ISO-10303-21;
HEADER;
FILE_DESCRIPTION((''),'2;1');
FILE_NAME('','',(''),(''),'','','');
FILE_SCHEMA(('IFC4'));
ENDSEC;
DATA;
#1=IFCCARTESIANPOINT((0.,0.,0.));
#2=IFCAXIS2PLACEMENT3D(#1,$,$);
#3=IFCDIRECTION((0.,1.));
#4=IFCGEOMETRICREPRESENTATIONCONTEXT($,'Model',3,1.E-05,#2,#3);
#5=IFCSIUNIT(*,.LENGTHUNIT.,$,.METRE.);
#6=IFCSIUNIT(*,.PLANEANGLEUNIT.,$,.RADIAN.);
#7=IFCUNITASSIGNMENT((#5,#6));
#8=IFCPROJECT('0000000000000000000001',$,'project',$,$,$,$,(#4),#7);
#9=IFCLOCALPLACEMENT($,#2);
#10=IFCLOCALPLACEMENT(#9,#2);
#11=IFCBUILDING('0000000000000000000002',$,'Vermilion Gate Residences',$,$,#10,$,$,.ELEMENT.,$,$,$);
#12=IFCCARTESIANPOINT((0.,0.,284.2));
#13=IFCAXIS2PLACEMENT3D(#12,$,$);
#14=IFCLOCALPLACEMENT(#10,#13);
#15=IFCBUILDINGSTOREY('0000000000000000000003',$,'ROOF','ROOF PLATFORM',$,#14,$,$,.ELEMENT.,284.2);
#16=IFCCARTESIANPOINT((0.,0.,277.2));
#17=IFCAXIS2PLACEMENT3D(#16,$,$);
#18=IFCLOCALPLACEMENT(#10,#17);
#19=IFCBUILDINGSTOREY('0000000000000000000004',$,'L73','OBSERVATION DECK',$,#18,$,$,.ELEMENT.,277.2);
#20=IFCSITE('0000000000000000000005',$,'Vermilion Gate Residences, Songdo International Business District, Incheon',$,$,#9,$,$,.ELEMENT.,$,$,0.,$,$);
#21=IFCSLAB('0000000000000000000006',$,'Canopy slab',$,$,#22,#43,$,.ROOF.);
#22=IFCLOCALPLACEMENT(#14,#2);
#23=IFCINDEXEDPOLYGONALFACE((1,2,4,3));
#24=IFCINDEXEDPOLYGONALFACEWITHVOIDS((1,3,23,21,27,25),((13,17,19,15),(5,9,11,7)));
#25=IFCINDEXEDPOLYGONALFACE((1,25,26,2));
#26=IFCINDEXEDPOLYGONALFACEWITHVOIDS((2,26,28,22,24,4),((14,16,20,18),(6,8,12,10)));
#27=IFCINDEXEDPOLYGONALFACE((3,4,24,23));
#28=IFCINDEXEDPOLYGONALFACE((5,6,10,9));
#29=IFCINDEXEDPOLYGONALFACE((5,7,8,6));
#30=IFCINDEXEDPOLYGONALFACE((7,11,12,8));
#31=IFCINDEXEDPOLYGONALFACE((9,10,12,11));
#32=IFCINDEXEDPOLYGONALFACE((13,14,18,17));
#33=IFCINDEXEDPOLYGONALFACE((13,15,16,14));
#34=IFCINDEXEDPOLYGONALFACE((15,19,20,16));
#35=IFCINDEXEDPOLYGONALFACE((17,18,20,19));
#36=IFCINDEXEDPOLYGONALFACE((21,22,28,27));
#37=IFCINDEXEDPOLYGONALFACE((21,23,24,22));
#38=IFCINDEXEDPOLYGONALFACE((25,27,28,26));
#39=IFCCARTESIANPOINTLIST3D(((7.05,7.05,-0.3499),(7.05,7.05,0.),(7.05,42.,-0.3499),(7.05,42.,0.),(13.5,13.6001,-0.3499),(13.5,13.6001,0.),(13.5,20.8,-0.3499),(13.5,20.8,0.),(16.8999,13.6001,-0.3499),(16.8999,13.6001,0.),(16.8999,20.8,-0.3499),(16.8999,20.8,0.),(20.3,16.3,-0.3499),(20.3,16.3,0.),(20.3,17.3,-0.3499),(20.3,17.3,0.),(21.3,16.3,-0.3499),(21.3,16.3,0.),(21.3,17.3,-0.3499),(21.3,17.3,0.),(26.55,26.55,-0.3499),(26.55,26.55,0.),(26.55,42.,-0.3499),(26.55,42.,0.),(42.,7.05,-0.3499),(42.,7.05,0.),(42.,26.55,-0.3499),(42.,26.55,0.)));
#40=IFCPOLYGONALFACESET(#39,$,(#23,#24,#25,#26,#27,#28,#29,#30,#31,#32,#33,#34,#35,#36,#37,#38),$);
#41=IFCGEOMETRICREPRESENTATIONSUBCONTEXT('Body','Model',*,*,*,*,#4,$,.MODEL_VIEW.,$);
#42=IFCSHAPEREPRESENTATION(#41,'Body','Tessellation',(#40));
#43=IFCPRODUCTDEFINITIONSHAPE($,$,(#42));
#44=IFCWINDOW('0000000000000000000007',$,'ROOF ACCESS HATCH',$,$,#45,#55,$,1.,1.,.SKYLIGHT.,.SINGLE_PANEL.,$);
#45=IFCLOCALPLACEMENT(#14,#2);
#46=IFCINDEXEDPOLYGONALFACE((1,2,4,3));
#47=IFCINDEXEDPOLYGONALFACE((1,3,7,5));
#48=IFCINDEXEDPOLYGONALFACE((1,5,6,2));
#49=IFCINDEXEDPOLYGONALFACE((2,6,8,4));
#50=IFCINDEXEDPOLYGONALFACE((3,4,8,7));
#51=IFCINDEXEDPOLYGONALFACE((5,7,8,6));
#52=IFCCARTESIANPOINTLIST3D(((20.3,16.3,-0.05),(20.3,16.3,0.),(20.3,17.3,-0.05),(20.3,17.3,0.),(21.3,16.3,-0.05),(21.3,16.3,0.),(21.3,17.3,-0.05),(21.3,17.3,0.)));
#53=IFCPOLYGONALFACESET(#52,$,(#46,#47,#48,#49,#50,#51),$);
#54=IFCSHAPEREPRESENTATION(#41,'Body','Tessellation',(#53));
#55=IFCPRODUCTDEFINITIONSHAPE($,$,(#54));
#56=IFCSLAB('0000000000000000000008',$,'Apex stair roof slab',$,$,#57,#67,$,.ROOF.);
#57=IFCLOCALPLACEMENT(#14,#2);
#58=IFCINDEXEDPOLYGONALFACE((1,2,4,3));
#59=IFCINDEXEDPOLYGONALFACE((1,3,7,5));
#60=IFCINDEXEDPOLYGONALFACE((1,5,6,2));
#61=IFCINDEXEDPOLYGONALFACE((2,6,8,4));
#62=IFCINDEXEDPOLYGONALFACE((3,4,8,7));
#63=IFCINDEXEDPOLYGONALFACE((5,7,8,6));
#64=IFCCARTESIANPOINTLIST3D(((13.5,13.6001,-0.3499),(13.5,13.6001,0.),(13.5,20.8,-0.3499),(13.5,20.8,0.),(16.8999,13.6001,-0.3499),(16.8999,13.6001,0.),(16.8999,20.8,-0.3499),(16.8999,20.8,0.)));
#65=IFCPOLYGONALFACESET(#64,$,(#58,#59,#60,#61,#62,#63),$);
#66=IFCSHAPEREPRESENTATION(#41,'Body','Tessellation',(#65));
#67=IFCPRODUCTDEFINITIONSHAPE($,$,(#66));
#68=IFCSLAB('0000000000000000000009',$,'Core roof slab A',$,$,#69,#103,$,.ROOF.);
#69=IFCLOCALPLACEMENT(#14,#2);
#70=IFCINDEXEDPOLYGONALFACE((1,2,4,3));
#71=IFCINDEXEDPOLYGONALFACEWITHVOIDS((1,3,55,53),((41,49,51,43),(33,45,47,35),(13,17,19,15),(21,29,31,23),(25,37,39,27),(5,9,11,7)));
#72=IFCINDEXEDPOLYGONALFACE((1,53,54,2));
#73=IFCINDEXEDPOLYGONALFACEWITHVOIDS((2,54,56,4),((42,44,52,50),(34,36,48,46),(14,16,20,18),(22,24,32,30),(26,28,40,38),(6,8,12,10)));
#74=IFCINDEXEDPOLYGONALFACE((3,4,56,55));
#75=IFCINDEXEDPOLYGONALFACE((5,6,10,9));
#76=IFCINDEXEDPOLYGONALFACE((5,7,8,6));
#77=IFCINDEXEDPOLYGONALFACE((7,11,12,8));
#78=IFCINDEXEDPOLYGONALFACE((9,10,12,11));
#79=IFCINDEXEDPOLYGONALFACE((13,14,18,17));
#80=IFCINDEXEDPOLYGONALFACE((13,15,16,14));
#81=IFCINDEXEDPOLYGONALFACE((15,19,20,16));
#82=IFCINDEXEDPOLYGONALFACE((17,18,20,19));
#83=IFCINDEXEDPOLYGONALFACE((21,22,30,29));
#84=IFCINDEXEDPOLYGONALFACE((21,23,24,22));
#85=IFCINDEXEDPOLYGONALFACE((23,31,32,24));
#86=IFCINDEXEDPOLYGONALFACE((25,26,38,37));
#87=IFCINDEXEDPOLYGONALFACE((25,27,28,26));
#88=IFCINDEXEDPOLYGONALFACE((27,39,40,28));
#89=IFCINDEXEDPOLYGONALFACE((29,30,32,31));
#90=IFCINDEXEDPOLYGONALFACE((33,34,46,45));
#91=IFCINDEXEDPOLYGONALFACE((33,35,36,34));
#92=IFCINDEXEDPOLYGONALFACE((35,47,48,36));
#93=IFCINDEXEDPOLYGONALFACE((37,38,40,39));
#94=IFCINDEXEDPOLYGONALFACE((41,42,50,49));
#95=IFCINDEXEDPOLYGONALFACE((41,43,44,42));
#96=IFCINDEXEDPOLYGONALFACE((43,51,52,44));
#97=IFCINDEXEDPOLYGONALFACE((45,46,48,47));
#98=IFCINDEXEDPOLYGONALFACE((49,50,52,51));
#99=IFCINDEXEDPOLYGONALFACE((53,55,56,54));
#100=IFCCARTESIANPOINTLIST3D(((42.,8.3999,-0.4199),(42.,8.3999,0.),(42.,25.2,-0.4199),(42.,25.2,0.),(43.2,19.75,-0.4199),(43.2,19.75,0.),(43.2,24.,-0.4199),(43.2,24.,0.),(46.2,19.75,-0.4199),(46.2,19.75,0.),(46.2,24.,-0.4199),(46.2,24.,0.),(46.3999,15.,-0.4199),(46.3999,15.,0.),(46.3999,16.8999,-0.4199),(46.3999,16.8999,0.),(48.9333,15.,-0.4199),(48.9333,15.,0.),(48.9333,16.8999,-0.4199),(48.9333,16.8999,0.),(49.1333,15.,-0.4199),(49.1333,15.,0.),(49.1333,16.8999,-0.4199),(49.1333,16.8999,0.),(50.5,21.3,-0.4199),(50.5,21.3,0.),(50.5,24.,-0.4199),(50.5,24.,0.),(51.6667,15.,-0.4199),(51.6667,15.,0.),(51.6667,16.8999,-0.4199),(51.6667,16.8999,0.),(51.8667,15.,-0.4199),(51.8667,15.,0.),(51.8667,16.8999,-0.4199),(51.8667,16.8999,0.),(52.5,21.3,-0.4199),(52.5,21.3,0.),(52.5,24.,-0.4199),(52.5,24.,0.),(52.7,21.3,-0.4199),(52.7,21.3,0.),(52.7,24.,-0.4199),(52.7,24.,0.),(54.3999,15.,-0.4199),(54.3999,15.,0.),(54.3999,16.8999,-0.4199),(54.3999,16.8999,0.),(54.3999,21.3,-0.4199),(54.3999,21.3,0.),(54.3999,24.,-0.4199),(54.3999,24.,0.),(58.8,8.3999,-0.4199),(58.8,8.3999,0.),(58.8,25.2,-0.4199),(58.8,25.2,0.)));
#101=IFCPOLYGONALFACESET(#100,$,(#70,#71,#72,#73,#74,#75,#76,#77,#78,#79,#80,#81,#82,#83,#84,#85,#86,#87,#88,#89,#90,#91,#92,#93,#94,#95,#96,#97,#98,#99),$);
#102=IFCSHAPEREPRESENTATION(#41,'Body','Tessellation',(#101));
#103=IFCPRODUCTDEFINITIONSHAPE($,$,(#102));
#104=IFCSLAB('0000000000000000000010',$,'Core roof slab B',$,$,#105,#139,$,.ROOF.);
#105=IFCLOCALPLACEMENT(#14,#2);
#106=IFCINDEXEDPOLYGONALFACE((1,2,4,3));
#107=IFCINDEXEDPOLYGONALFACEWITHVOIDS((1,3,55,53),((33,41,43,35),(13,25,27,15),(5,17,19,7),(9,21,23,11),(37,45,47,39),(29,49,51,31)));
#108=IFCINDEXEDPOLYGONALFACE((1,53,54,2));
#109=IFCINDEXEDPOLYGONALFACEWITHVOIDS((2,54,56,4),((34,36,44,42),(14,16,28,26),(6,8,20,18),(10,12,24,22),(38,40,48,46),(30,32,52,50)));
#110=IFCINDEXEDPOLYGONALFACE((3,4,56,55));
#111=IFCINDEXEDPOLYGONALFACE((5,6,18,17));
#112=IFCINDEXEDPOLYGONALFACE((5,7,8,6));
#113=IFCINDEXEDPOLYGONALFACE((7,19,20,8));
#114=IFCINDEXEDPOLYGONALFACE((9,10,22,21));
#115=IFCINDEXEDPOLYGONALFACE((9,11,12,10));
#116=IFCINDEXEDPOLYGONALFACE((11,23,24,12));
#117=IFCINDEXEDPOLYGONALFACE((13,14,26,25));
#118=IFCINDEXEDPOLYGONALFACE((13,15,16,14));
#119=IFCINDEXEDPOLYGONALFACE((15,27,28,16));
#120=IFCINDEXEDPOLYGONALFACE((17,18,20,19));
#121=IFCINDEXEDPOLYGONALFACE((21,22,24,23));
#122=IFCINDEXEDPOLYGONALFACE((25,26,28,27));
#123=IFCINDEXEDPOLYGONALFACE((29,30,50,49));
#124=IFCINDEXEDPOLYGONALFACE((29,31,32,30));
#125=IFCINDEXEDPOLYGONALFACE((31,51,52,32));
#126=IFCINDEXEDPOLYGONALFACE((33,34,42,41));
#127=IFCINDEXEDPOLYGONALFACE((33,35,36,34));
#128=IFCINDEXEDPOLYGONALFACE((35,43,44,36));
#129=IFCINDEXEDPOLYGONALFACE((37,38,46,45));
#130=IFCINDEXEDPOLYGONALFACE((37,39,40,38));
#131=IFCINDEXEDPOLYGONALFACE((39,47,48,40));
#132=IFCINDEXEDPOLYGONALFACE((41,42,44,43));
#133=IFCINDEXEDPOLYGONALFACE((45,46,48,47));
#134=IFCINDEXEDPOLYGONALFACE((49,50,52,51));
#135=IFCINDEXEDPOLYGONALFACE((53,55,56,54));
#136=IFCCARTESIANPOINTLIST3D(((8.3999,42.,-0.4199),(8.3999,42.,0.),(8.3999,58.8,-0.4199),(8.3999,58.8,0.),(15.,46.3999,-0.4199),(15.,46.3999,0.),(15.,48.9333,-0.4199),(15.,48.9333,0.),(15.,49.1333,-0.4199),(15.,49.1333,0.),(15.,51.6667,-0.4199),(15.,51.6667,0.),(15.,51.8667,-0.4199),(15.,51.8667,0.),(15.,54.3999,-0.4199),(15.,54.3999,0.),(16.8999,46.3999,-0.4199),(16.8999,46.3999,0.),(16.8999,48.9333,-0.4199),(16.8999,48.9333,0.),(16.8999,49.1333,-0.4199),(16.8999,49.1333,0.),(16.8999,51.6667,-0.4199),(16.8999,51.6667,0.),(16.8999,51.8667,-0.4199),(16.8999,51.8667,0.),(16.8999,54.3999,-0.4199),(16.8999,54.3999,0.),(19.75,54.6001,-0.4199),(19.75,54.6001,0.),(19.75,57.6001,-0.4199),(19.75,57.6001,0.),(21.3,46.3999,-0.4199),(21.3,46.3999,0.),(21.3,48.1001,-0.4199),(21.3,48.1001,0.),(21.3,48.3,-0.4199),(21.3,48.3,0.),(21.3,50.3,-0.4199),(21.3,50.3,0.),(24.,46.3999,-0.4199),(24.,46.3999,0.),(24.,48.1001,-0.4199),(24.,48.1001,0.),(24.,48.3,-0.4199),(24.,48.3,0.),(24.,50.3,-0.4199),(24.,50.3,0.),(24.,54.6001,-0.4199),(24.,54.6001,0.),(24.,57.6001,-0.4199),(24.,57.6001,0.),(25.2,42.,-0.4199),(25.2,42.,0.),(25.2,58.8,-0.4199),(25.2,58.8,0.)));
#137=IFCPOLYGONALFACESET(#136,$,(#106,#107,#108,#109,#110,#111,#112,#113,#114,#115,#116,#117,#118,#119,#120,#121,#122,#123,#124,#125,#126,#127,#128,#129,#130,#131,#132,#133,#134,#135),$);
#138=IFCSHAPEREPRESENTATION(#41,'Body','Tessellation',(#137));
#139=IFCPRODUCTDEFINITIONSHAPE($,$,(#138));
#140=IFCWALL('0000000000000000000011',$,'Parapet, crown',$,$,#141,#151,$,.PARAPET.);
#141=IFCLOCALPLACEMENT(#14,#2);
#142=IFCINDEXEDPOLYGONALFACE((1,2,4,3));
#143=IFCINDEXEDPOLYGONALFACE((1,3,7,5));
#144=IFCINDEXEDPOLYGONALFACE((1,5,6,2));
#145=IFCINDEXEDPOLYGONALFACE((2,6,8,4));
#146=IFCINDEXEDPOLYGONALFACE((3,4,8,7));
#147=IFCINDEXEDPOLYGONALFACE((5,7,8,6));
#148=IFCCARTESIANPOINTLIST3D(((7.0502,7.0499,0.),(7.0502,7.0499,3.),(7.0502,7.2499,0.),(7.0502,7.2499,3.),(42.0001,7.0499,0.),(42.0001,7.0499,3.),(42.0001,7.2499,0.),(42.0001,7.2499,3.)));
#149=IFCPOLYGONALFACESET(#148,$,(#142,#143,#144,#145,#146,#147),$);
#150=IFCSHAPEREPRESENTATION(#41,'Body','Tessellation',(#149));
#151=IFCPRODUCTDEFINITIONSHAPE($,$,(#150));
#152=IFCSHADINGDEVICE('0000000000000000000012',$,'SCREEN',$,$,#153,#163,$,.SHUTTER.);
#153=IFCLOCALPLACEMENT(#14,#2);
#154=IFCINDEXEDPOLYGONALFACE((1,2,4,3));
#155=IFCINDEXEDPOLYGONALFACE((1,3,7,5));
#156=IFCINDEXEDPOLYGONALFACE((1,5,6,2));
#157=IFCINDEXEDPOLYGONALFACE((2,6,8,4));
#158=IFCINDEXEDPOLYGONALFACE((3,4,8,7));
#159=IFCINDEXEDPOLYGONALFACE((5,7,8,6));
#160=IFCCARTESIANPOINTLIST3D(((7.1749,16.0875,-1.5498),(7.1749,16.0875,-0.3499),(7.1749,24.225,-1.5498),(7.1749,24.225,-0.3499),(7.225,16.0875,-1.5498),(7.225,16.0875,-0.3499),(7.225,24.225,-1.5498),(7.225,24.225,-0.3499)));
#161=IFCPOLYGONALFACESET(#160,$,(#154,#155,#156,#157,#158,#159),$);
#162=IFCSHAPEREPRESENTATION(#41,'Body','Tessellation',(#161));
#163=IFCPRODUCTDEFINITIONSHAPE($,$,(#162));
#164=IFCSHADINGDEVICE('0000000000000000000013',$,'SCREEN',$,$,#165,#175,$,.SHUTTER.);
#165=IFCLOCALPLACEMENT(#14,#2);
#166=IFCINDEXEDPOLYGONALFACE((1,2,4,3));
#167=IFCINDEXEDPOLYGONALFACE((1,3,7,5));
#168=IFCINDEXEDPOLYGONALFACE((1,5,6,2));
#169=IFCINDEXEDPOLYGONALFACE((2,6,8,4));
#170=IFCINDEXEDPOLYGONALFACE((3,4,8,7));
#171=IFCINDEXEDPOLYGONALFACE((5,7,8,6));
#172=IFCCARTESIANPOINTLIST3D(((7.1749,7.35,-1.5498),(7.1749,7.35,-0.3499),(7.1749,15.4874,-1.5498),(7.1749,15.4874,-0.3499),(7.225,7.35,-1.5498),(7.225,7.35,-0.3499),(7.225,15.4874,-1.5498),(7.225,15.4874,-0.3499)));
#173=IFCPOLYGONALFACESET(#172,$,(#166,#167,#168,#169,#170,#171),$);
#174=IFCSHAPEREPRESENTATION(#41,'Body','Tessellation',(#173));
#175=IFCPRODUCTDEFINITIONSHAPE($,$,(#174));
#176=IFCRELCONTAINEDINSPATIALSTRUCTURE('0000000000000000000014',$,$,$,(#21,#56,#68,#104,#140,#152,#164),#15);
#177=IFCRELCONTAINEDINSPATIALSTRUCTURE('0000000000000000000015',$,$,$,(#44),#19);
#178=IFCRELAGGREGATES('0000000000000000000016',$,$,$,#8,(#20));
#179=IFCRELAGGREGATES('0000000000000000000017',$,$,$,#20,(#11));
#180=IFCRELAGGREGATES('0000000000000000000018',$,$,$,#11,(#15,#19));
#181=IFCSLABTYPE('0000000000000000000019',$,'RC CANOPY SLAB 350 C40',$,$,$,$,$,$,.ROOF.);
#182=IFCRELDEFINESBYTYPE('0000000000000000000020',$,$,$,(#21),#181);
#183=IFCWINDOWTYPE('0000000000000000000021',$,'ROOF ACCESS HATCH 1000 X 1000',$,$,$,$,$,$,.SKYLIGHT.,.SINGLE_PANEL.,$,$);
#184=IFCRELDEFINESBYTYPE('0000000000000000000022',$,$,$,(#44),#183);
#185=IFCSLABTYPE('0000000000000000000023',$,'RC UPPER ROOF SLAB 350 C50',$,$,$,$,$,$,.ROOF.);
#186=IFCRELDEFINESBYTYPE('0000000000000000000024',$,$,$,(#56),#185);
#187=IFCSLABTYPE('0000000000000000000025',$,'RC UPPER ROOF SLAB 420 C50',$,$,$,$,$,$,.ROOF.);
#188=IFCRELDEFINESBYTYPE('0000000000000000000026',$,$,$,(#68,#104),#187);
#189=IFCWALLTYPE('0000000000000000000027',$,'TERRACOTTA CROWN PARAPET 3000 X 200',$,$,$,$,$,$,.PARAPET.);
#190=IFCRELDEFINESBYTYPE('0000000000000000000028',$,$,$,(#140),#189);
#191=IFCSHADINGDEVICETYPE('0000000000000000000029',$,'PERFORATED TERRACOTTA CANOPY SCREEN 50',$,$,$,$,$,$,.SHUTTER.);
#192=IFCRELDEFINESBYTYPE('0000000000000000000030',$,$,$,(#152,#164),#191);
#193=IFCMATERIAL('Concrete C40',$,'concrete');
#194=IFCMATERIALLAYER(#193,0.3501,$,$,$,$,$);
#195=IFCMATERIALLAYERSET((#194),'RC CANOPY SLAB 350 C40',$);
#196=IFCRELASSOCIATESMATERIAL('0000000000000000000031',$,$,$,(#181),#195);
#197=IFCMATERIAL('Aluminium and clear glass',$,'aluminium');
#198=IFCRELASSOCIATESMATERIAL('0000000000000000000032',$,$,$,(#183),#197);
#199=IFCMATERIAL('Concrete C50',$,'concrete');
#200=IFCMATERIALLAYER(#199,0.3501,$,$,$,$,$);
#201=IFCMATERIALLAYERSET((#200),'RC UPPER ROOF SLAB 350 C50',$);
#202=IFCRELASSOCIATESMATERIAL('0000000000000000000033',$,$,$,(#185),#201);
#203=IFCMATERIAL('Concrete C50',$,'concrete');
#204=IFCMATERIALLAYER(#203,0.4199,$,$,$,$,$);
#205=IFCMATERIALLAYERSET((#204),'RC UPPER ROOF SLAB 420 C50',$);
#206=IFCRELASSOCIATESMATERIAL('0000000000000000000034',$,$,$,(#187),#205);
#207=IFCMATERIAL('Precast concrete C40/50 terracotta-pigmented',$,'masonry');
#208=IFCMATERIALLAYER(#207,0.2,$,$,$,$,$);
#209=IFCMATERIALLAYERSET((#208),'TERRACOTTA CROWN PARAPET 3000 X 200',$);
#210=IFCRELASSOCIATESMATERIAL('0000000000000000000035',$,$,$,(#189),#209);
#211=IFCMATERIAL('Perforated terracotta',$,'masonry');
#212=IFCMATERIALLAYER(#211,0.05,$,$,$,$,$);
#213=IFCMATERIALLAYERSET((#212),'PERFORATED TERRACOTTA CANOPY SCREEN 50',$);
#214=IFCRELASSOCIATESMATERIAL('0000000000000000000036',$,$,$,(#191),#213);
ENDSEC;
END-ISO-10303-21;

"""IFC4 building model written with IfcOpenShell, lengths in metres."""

from ifc_helpers import new_model, si_unit, direction, frame, frame_2d, origin, origin_2d, place, context, subcontext, project, spatial, polyline, rectangle, outline, extrude, material, layer, layer_set, type_object, element, fill, save


model = new_model("IFC4")

# Units and contexts
model_context = context("Model", 3, precision=1e-05, world=origin(), true_north=direction((0.0, 1.0)))
body_context = subcontext(model_context, "Body", "Model", "MODEL_VIEW")
ifc_project = project(units=[si_unit("LENGTHUNIT", "METRE"), si_unit("PLANEANGLEUNIT", "RADIAN")], contexts=[model_context])

# Site, building, storey
site_placement = place(None, origin())
site = spatial("IfcSite", under=ifc_project, at=site_placement, Name="Vermilion Gate Residences, Songdo International Business District, Incheon", CompositionType="ELEMENT", RefElevation=0.0)
building_placement = place(site_placement, origin())
building = spatial("IfcBuilding", under=site, at=building_placement, Name="Vermilion Gate Residences", CompositionType="ELEMENT")
storey_1_placement = place(building_placement, frame((0.0, 0.0, 284.2)))
storey_1 = spatial("IfcBuildingStorey", under=building, at=storey_1_placement, Name="ROOF", Description="ROOF PLATFORM", CompositionType="ELEMENT", Elevation=284.2)

# Slab, opening
ifc_material_1 = material(Name="Concrete C40", Category="concrete")
ifc_layer_1 = layer(ifc_material_1, 0.3501)
ifc_layer_set_1 = layer_set([ifc_layer_1], Name="RC CANOPY SLAB 350 C40")
slab_type_1 = type_object("IfcSlabType", Name="RC CANOPY SLAB 350 C40", PredefinedType="ROOF", material=ifc_layer_set_1)
slab_1_placement = place(storey_1_placement, frame((0.0, 0.0, -0.3499)))
slab_1 = element("IfcSlab", 1, at=slab_1_placement, inside=storey_1, type_object=slab_type_1, Name="Canopy slab", PredefinedType="ROOF", context=body_context, shape_type="SweptSolid", body=[
    extrude(outline(polyline([(7.05, 42.0), (7.05, 7.05), (42.0, 7.05), (42.0, 26.55), (26.55, 26.55), (26.55, 42.0), (7.05, 42.0)]), holes=[polyline([(13.5, 13.6001), (13.5, 20.8), (16.8999, 20.8), (16.8999, 13.6001), (13.5, 13.6001)])]), origin(), (0.0, 0.0, 1.0), 0.3499),
])
opening_placement = place(slab_1_placement, frame((20.8, 16.8, 0.0)))
opening = element("IfcOpeningElement", 2, at=opening_placement, cuts=slab_1, PredefinedType="OPENING", context=body_context, shape_type="SweptSolid", body=[
    extrude(rectangle(XDim=1.0, YDim=1.0, at=origin_2d()), origin(), (0.0, 0.0, 1.0), 0.3499),
])

# Shared definitions
storey_2_placement = place(building_placement, frame((0.0, 0.0, 277.2)))
storey_2 = spatial("IfcBuildingStorey", under=building, at=storey_2_placement, Name="L73", Description="OBSERVATION DECK", CompositionType="ELEMENT", Elevation=277.2)

# Window
ifc_material_2 = material(Name="Aluminium and clear glass", Category="aluminium")
window_type = type_object("IfcWindowType", Name="ROOF ACCESS HATCH 1000 X 1000", PartitioningType="SINGLE_PANEL", PredefinedType="SKYLIGHT", material=ifc_material_2)
window_placement = place(opening_placement, frame((0.0, 0.0, 0.2998)))
window = element("IfcWindow", 3, at=window_placement, inside=storey_2, type_object=window_type, Name="ROOF ACCESS HATCH", OverallHeight=1.0, OverallWidth=1.0, PartitioningType="SINGLE_PANEL", PredefinedType="SKYLIGHT", context=body_context, shape_type="SweptSolid", body=[
    extrude(rectangle(XDim=1.0, YDim=1.0, at=origin_2d()), origin(), (0.0, 0.0, 1.0), 0.05),
])
fill(opening, window)

# Slabs
ifc_material_3 = material(Name="Concrete C50", Category="concrete")
ifc_layer_2 = layer(ifc_material_3, 0.3501)
ifc_layer_set_2 = layer_set([ifc_layer_2], Name="RC UPPER ROOF SLAB 350 C50")
slab_type_2 = type_object("IfcSlabType", Name="RC UPPER ROOF SLAB 350 C50", PredefinedType="ROOF", material=ifc_layer_set_2)
slab_2_placement = place(storey_1_placement, frame((0.0, 0.0, -0.3499)))
element("IfcSlab", 4, at=slab_2_placement, inside=storey_1, type_object=slab_type_2, Name="Apex stair roof slab", PredefinedType="ROOF", context=body_context, shape_type="SweptSolid", body=[
    extrude(outline(polyline([(16.8999, 13.6001), (16.8999, 20.8), (13.5, 20.8), (13.5, 13.6001), (16.8999, 13.6001)])), origin(), (0.0, 0.0, 1.0), 0.3499),
])
ifc_material_4 = material(Name="Concrete C50", Category="concrete")
ifc_layer_3 = layer(ifc_material_4, 0.4199)
ifc_layer_set_3 = layer_set([ifc_layer_3], Name="RC UPPER ROOF SLAB 420 C50")
slab_type_3 = type_object("IfcSlabType", Name="RC UPPER ROOF SLAB 420 C50", PredefinedType="ROOF", material=ifc_layer_set_3)
slab_3_placement = place(storey_1_placement, frame((0.0, 0.0, -0.4199)))
element("IfcSlab", 5, at=slab_3_placement, inside=storey_1, type_object=slab_type_3, Name="Core roof slab A", PredefinedType="ROOF", context=body_context, shape_type="SweptSolid", body=[
    extrude(outline(polyline([(42.0, 8.3999), (58.8, 8.3999), (58.8, 25.2), (42.0, 25.2), (42.0, 8.3999)]), holes=[polyline([(46.3999, 15.0), (46.3999, 16.8999), (48.9333, 16.8999), (48.9333, 15.0), (46.3999, 15.0)]), polyline([(49.1333, 16.8999), (51.6667, 16.8999), (51.6667, 15.0), (49.1333, 15.0), (49.1333, 16.8999)]), polyline([(51.8667, 16.8999), (54.3999, 16.8999), (54.3999, 15.0), (51.8667, 15.0), (51.8667, 16.8999)]), polyline([(43.2, 19.75), (43.2, 24.0), (46.2, 24.0), (46.2, 19.75), (43.2, 19.75)]), polyline([(50.5, 24.0), (52.5, 24.0), (52.5, 21.3), (50.5, 21.3), (50.5, 24.0)]), polyline([(52.7, 24.0), (54.3999, 24.0), (54.3999, 21.3), (52.7, 21.3), (52.7, 24.0)])]), origin(), (0.0, 0.0, 1.0), 0.4199),
])
slab_4_placement = place(storey_1_placement, frame((0.0, 0.0, -0.4199)))
element("IfcSlab", 6, at=slab_4_placement, inside=storey_1, type_object=slab_type_3, Name="Core roof slab B", PredefinedType="ROOF", context=body_context, shape_type="SweptSolid", body=[
    extrude(outline(polyline([(8.3999, 42.0), (25.2, 42.0), (25.2, 58.8), (8.3999, 58.8), (8.3999, 42.0)]), holes=[polyline([(21.3, 46.3999), (21.3, 48.1001), (24.0, 48.1001), (24.0, 46.3999), (21.3, 46.3999)]), polyline([(15.0, 48.9333), (16.8999, 48.9333), (16.8999, 46.3999), (15.0, 46.3999), (15.0, 48.9333)]), polyline([(21.3, 50.3), (24.0, 50.3), (24.0, 48.3), (21.3, 48.3), (21.3, 50.3)]), polyline([(15.0, 49.1333), (15.0, 51.6667), (16.8999, 51.6667), (16.8999, 49.1333), (15.0, 49.1333)]), polyline([(15.0, 54.3999), (16.8999, 54.3999), (16.8999, 51.8667), (15.0, 51.8667), (15.0, 54.3999)]), polyline([(19.75, 57.6001), (24.0, 57.6001), (24.0, 54.6001), (19.75, 54.6001), (19.75, 57.6001)])]), origin(), (0.0, 0.0, 1.0), 0.4199),
])

# Wall
ifc_material_5 = material(Name="Precast concrete C40/50 terracotta-pigmented", Category="masonry")
ifc_layer_4 = layer(ifc_material_5, 0.2)
ifc_layer_set_4 = layer_set([ifc_layer_4], Name="TERRACOTTA CROWN PARAPET 3000 X 200")
wall_type = type_object("IfcWallType", Name="TERRACOTTA CROWN PARAPET 3000 X 200", PredefinedType="PARAPET", material=ifc_layer_set_4)
wall_placement = place(storey_1_placement, frame((7.05, 7.1499, 0.0), z_axis=(0.0, 0.0, 1.0), x_axis=(1.0, 0.0, 0.0)))
element("IfcWall", 7, at=wall_placement, inside=storey_1, type_object=wall_type, Name="Parapet, crown", PredefinedType="PARAPET", context=body_context, shape_type="SweptSolid", body=[
    extrude(rectangle(XDim=34.95, YDim=0.2, at=frame_2d((17.4751, 0.0))), origin(), (0.0, 0.0, 1.0), 3.0),
])

# Shading devices
ifc_material_6 = material(Name="Perforated terracotta", Category="masonry")
ifc_layer_5 = layer(ifc_material_6, 0.05)
ifc_layer_set_5 = layer_set([ifc_layer_5], Name="PERFORATED TERRACOTTA CANOPY SCREEN 50")
shading_device_type_1 = type_object("IfcShadingDeviceType", Name="PERFORATED TERRACOTTA CANOPY SCREEN 50", PredefinedType="SHUTTER", material=ifc_layer_set_5)
for number, where, z_axis, x_axis, name in (
    (8, (7.2, 20.1562, -1.5498), (0.0, 0.0, 1.0), (0.0, -1.0, 0.0), "SCREEN"),
    (9, (7.2, 11.4187, -1.5498), (0.0, 0.0, 1.0), (0.0, -1.0, 0.0), "SCREEN"),
):
    element("IfcShadingDevice", number, at=place(storey_1_placement, frame(where, z_axis=z_axis, x_axis=x_axis)), inside=storey_1, type_object=shading_device_type_1, Name=name, PredefinedType="SHUTTER", context=body_context, shape_type="SweptSolid", body=[
        extrude(rectangle(XDim=8.1375, YDim=0.05, at=origin_2d()), origin(), (0.0, 0.0, 1.0), 1.2),
    ])

save(model, "model.ifc")
